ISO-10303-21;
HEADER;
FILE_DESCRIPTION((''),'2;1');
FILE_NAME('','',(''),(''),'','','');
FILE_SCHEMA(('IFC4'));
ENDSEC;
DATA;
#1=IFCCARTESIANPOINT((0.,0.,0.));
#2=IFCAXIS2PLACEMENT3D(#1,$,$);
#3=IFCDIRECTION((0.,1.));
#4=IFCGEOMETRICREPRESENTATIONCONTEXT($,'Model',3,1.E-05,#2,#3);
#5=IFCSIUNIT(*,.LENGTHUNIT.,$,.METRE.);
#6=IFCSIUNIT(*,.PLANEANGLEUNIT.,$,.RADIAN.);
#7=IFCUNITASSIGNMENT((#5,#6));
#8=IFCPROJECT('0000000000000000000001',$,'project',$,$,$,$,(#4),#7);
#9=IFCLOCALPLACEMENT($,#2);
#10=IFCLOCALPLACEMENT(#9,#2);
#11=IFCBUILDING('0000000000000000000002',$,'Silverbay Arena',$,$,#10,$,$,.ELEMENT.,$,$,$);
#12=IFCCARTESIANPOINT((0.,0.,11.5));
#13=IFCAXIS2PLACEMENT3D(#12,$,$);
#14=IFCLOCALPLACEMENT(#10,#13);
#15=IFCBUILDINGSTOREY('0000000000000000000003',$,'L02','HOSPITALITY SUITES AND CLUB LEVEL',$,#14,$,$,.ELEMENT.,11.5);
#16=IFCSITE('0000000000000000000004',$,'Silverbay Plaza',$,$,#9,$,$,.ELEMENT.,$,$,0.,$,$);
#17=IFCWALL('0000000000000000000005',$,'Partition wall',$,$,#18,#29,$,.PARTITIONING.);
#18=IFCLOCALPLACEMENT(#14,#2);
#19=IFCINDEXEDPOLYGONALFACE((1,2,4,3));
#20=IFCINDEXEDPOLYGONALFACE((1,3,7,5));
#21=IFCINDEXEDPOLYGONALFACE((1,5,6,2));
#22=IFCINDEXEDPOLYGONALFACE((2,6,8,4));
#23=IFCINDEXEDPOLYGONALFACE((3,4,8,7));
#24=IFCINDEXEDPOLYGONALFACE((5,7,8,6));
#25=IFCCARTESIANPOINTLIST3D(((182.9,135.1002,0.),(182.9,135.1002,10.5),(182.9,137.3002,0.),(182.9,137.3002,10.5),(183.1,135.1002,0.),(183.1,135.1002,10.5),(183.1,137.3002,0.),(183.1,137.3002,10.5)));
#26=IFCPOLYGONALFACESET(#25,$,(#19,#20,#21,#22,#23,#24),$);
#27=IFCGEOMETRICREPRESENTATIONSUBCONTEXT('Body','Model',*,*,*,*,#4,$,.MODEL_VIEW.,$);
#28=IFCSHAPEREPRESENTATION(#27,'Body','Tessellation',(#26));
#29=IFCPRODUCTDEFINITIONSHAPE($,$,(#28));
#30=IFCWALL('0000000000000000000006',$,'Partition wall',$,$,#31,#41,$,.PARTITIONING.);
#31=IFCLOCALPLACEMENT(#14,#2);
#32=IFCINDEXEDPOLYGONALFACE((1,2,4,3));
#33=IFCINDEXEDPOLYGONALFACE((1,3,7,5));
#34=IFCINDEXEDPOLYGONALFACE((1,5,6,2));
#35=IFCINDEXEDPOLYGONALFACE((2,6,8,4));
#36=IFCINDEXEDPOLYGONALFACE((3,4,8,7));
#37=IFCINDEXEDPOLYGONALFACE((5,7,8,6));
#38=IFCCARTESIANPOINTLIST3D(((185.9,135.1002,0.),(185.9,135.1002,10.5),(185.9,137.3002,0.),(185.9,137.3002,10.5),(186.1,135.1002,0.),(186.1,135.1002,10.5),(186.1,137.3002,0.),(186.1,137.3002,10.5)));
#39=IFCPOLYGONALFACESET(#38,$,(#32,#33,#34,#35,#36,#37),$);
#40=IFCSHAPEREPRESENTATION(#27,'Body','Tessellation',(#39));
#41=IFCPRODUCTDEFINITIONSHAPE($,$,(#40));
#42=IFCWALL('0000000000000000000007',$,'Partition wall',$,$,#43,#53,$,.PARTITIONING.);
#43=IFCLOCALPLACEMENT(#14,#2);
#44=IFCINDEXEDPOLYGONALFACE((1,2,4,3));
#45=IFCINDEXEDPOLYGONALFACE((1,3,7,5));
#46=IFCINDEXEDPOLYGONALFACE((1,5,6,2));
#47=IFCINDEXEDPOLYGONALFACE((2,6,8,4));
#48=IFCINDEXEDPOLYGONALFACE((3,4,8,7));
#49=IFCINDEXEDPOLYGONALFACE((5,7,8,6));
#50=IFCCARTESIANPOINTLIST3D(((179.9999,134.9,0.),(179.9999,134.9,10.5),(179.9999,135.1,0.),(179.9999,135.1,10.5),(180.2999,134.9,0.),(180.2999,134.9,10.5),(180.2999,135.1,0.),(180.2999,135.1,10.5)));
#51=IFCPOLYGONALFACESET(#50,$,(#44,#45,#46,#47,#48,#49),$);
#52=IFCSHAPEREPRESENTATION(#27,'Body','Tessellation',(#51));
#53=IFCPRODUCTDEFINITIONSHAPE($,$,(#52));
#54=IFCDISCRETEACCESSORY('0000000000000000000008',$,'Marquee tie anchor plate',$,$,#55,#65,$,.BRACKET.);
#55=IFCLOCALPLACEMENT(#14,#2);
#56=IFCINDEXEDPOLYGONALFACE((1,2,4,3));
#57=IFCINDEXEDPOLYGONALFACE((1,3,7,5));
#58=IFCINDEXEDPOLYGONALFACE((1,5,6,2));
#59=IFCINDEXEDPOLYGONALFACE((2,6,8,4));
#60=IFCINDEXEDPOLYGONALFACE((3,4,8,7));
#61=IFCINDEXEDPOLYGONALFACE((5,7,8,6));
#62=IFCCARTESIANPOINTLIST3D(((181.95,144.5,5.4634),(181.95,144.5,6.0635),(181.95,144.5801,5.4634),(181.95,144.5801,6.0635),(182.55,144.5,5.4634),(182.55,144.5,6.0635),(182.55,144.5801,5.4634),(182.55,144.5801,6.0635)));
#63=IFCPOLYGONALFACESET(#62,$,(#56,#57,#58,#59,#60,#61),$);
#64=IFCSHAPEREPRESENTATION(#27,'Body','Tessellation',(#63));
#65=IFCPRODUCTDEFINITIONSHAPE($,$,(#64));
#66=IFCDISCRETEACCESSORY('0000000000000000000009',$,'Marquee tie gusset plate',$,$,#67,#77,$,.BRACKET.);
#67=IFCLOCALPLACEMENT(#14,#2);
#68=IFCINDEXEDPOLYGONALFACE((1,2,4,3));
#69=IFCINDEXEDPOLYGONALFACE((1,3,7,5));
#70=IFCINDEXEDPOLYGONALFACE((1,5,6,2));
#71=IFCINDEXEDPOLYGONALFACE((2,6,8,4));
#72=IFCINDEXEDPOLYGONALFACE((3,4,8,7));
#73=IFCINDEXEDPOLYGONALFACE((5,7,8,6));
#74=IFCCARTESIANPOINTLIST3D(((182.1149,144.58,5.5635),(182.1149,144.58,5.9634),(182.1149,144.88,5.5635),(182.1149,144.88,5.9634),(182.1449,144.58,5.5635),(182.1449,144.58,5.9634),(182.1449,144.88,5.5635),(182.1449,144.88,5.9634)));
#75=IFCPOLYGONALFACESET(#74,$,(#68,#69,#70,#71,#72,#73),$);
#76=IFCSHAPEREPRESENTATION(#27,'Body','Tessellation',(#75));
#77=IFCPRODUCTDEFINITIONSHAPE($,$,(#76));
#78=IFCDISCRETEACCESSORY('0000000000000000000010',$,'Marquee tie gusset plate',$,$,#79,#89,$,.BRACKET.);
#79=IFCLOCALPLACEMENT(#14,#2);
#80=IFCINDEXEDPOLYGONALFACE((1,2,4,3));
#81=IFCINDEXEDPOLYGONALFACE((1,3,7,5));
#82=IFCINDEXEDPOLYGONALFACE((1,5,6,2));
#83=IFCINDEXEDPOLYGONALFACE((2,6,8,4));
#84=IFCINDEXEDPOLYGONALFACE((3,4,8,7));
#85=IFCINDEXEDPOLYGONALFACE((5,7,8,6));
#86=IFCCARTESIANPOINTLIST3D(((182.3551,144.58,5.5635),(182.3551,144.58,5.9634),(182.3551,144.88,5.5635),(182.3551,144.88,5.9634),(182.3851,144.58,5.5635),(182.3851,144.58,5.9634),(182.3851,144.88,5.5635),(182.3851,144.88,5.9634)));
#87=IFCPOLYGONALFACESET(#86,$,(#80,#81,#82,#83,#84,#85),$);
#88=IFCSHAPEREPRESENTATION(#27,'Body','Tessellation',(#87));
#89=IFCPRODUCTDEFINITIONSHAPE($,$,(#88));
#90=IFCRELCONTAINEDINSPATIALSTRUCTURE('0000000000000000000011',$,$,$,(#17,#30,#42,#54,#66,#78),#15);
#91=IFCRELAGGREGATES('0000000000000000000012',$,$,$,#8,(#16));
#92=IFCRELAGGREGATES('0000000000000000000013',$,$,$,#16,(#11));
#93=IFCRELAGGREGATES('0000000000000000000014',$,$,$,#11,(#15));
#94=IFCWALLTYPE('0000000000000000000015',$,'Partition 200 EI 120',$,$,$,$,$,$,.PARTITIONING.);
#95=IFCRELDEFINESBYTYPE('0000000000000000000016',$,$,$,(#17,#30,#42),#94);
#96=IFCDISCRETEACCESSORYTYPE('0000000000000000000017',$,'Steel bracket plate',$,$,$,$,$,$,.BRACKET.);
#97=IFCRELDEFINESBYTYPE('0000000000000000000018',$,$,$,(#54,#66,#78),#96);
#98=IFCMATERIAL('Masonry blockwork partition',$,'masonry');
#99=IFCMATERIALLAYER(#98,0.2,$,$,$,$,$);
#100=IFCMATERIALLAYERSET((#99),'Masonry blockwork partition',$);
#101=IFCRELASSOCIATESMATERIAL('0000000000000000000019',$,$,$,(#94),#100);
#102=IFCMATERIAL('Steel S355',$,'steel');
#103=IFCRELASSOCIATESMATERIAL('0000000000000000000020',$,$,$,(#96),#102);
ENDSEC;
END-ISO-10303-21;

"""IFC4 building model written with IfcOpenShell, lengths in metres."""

from ifc_helpers import new_model, si_unit, direction, frame, frame_2d, origin, origin_2d, place, context, subcontext, project, spatial, rectangle, extrude, material, layer, layer_set, type_object, element, save


model = new_model("IFC4")

# Units and contexts
model_context = context("Model", 3, precision=1e-05, world=origin(), true_north=direction((0.0, 1.0)))
body_context = subcontext(model_context, "Body", "Model", "MODEL_VIEW")
ifc_project = project(units=[si_unit("LENGTHUNIT", "METRE"), si_unit("PLANEANGLEUNIT", "RADIAN")], contexts=[model_context])

# Site, building, storey
site_placement = place(None, origin())
site = spatial("IfcSite", under=ifc_project, at=site_placement, Name="Silverbay Plaza", CompositionType="ELEMENT", RefElevation=0.0)
building_placement = place(site_placement, origin())
building = spatial("IfcBuilding", under=site, at=building_placement, Name="Silverbay Arena", CompositionType="ELEMENT")
storey_placement = place(building_placement, frame((0.0, 0.0, 11.5)))
storey = spatial("IfcBuildingStorey", under=building, at=storey_placement, Name="L02", Description="HOSPITALITY SUITES AND CLUB LEVEL", CompositionType="ELEMENT", Elevation=11.5)

# Shared definitions
ifc_material_1 = material(Name="Masonry blockwork partition", Category="masonry")
ifc_layer_1 = layer(ifc_material_1, 0.2)
ifc_layer_set_1 = layer_set([ifc_layer_1], Name="Masonry blockwork partition")
wall_type_1 = type_object("IfcWallType", Name="Partition 200 EI 120", PredefinedType="PARTITIONING", material=ifc_layer_set_1)

# Walls
for number, where, z_axis, x_axis, name in (
    (1, (183.0, 135.1001, 0.0), (0.0, 0.0, 1.0), (0.0, 1.0, 0.0), "Partition wall"),
    (2, (186.0, 135.1001, 0.0), (0.0, 0.0, 1.0), (0.0, 1.0, 0.0), "Partition wall"),
):
    element("IfcWall", number, at=place(storey_placement, frame(where, z_axis=z_axis, x_axis=x_axis)), inside=storey, type_object=wall_type_1, Name=name, PredefinedType="PARTITIONING", context=body_context, shape_type="SweptSolid", body=[
        extrude(rectangle(XDim=2.2, YDim=0.2, at=frame_2d((1.1001, 0.0))), origin(), (0.0, 0.0, 1.0), 10.5),
    ])
wall_1_placement = place(storey_placement, frame((180.0, 135.0, 0.0), z_axis=(0.0, 0.0, 1.0), x_axis=(1.0, 0.0, 0.0)))
element("IfcWall", 3, at=wall_1_placement, inside=storey, type_object=wall_type_1, Name="Partition wall", PredefinedType="PARTITIONING", context=body_context, shape_type="SweptSolid", body=[
    extrude(rectangle(XDim=0.3, YDim=0.2, at=frame_2d((0.1499, 0.0))), origin(), (0.0, 0.0, 1.0), 10.5),
])

# Discrete accessories
ifc_material_2 = material(Name="Steel S355", Category="steel")
discrete_accessory_type = type_object("IfcDiscreteAccessoryType", Name="Steel bracket plate", PredefinedType="BRACKET", material=ifc_material_2)
discrete_accessory_placement = place(storey_placement, frame((182.25, 144.54, 5.4634), z_axis=(0.0, 0.0, 1.0), x_axis=(1.0, 0.0, 0.0)))
element("IfcDiscreteAccessory", 4, at=discrete_accessory_placement, inside=storey, type_object=discrete_accessory_type, Name="Marquee tie anchor plate", PredefinedType="BRACKET", context=body_context, shape_type="SweptSolid", body=[
    extrude(rectangle(XDim=0.6001, YDim=0.0801, at=origin_2d()), origin(), (0.0, 0.0, 1.0), 0.6001),
])
for number, where, z_axis, x_axis, name in (
    (5, (182.1299, 144.73, 5.5635), (0.0, 0.0, 1.0), (1.0, 0.0, 0.0), "Marquee tie gusset plate"),
    (6, (182.3701, 144.73, 5.5635), (0.0, 0.0, 1.0), (1.0, 0.0, 0.0), "Marquee tie gusset plate"),
):
    element("IfcDiscreteAccessory", number, at=place(storey_placement, frame(where, z_axis=z_axis, x_axis=x_axis)), inside=storey, type_object=discrete_accessory_type, Name=name, PredefinedType="BRACKET", context=body_context, shape_type="SweptSolid", body=[
        extrude(rectangle(XDim=0.03, YDim=0.3, at=origin_2d()), origin(), (0.0, 0.0, 1.0), 0.3999),
    ])

save(model, "model.ifc")
